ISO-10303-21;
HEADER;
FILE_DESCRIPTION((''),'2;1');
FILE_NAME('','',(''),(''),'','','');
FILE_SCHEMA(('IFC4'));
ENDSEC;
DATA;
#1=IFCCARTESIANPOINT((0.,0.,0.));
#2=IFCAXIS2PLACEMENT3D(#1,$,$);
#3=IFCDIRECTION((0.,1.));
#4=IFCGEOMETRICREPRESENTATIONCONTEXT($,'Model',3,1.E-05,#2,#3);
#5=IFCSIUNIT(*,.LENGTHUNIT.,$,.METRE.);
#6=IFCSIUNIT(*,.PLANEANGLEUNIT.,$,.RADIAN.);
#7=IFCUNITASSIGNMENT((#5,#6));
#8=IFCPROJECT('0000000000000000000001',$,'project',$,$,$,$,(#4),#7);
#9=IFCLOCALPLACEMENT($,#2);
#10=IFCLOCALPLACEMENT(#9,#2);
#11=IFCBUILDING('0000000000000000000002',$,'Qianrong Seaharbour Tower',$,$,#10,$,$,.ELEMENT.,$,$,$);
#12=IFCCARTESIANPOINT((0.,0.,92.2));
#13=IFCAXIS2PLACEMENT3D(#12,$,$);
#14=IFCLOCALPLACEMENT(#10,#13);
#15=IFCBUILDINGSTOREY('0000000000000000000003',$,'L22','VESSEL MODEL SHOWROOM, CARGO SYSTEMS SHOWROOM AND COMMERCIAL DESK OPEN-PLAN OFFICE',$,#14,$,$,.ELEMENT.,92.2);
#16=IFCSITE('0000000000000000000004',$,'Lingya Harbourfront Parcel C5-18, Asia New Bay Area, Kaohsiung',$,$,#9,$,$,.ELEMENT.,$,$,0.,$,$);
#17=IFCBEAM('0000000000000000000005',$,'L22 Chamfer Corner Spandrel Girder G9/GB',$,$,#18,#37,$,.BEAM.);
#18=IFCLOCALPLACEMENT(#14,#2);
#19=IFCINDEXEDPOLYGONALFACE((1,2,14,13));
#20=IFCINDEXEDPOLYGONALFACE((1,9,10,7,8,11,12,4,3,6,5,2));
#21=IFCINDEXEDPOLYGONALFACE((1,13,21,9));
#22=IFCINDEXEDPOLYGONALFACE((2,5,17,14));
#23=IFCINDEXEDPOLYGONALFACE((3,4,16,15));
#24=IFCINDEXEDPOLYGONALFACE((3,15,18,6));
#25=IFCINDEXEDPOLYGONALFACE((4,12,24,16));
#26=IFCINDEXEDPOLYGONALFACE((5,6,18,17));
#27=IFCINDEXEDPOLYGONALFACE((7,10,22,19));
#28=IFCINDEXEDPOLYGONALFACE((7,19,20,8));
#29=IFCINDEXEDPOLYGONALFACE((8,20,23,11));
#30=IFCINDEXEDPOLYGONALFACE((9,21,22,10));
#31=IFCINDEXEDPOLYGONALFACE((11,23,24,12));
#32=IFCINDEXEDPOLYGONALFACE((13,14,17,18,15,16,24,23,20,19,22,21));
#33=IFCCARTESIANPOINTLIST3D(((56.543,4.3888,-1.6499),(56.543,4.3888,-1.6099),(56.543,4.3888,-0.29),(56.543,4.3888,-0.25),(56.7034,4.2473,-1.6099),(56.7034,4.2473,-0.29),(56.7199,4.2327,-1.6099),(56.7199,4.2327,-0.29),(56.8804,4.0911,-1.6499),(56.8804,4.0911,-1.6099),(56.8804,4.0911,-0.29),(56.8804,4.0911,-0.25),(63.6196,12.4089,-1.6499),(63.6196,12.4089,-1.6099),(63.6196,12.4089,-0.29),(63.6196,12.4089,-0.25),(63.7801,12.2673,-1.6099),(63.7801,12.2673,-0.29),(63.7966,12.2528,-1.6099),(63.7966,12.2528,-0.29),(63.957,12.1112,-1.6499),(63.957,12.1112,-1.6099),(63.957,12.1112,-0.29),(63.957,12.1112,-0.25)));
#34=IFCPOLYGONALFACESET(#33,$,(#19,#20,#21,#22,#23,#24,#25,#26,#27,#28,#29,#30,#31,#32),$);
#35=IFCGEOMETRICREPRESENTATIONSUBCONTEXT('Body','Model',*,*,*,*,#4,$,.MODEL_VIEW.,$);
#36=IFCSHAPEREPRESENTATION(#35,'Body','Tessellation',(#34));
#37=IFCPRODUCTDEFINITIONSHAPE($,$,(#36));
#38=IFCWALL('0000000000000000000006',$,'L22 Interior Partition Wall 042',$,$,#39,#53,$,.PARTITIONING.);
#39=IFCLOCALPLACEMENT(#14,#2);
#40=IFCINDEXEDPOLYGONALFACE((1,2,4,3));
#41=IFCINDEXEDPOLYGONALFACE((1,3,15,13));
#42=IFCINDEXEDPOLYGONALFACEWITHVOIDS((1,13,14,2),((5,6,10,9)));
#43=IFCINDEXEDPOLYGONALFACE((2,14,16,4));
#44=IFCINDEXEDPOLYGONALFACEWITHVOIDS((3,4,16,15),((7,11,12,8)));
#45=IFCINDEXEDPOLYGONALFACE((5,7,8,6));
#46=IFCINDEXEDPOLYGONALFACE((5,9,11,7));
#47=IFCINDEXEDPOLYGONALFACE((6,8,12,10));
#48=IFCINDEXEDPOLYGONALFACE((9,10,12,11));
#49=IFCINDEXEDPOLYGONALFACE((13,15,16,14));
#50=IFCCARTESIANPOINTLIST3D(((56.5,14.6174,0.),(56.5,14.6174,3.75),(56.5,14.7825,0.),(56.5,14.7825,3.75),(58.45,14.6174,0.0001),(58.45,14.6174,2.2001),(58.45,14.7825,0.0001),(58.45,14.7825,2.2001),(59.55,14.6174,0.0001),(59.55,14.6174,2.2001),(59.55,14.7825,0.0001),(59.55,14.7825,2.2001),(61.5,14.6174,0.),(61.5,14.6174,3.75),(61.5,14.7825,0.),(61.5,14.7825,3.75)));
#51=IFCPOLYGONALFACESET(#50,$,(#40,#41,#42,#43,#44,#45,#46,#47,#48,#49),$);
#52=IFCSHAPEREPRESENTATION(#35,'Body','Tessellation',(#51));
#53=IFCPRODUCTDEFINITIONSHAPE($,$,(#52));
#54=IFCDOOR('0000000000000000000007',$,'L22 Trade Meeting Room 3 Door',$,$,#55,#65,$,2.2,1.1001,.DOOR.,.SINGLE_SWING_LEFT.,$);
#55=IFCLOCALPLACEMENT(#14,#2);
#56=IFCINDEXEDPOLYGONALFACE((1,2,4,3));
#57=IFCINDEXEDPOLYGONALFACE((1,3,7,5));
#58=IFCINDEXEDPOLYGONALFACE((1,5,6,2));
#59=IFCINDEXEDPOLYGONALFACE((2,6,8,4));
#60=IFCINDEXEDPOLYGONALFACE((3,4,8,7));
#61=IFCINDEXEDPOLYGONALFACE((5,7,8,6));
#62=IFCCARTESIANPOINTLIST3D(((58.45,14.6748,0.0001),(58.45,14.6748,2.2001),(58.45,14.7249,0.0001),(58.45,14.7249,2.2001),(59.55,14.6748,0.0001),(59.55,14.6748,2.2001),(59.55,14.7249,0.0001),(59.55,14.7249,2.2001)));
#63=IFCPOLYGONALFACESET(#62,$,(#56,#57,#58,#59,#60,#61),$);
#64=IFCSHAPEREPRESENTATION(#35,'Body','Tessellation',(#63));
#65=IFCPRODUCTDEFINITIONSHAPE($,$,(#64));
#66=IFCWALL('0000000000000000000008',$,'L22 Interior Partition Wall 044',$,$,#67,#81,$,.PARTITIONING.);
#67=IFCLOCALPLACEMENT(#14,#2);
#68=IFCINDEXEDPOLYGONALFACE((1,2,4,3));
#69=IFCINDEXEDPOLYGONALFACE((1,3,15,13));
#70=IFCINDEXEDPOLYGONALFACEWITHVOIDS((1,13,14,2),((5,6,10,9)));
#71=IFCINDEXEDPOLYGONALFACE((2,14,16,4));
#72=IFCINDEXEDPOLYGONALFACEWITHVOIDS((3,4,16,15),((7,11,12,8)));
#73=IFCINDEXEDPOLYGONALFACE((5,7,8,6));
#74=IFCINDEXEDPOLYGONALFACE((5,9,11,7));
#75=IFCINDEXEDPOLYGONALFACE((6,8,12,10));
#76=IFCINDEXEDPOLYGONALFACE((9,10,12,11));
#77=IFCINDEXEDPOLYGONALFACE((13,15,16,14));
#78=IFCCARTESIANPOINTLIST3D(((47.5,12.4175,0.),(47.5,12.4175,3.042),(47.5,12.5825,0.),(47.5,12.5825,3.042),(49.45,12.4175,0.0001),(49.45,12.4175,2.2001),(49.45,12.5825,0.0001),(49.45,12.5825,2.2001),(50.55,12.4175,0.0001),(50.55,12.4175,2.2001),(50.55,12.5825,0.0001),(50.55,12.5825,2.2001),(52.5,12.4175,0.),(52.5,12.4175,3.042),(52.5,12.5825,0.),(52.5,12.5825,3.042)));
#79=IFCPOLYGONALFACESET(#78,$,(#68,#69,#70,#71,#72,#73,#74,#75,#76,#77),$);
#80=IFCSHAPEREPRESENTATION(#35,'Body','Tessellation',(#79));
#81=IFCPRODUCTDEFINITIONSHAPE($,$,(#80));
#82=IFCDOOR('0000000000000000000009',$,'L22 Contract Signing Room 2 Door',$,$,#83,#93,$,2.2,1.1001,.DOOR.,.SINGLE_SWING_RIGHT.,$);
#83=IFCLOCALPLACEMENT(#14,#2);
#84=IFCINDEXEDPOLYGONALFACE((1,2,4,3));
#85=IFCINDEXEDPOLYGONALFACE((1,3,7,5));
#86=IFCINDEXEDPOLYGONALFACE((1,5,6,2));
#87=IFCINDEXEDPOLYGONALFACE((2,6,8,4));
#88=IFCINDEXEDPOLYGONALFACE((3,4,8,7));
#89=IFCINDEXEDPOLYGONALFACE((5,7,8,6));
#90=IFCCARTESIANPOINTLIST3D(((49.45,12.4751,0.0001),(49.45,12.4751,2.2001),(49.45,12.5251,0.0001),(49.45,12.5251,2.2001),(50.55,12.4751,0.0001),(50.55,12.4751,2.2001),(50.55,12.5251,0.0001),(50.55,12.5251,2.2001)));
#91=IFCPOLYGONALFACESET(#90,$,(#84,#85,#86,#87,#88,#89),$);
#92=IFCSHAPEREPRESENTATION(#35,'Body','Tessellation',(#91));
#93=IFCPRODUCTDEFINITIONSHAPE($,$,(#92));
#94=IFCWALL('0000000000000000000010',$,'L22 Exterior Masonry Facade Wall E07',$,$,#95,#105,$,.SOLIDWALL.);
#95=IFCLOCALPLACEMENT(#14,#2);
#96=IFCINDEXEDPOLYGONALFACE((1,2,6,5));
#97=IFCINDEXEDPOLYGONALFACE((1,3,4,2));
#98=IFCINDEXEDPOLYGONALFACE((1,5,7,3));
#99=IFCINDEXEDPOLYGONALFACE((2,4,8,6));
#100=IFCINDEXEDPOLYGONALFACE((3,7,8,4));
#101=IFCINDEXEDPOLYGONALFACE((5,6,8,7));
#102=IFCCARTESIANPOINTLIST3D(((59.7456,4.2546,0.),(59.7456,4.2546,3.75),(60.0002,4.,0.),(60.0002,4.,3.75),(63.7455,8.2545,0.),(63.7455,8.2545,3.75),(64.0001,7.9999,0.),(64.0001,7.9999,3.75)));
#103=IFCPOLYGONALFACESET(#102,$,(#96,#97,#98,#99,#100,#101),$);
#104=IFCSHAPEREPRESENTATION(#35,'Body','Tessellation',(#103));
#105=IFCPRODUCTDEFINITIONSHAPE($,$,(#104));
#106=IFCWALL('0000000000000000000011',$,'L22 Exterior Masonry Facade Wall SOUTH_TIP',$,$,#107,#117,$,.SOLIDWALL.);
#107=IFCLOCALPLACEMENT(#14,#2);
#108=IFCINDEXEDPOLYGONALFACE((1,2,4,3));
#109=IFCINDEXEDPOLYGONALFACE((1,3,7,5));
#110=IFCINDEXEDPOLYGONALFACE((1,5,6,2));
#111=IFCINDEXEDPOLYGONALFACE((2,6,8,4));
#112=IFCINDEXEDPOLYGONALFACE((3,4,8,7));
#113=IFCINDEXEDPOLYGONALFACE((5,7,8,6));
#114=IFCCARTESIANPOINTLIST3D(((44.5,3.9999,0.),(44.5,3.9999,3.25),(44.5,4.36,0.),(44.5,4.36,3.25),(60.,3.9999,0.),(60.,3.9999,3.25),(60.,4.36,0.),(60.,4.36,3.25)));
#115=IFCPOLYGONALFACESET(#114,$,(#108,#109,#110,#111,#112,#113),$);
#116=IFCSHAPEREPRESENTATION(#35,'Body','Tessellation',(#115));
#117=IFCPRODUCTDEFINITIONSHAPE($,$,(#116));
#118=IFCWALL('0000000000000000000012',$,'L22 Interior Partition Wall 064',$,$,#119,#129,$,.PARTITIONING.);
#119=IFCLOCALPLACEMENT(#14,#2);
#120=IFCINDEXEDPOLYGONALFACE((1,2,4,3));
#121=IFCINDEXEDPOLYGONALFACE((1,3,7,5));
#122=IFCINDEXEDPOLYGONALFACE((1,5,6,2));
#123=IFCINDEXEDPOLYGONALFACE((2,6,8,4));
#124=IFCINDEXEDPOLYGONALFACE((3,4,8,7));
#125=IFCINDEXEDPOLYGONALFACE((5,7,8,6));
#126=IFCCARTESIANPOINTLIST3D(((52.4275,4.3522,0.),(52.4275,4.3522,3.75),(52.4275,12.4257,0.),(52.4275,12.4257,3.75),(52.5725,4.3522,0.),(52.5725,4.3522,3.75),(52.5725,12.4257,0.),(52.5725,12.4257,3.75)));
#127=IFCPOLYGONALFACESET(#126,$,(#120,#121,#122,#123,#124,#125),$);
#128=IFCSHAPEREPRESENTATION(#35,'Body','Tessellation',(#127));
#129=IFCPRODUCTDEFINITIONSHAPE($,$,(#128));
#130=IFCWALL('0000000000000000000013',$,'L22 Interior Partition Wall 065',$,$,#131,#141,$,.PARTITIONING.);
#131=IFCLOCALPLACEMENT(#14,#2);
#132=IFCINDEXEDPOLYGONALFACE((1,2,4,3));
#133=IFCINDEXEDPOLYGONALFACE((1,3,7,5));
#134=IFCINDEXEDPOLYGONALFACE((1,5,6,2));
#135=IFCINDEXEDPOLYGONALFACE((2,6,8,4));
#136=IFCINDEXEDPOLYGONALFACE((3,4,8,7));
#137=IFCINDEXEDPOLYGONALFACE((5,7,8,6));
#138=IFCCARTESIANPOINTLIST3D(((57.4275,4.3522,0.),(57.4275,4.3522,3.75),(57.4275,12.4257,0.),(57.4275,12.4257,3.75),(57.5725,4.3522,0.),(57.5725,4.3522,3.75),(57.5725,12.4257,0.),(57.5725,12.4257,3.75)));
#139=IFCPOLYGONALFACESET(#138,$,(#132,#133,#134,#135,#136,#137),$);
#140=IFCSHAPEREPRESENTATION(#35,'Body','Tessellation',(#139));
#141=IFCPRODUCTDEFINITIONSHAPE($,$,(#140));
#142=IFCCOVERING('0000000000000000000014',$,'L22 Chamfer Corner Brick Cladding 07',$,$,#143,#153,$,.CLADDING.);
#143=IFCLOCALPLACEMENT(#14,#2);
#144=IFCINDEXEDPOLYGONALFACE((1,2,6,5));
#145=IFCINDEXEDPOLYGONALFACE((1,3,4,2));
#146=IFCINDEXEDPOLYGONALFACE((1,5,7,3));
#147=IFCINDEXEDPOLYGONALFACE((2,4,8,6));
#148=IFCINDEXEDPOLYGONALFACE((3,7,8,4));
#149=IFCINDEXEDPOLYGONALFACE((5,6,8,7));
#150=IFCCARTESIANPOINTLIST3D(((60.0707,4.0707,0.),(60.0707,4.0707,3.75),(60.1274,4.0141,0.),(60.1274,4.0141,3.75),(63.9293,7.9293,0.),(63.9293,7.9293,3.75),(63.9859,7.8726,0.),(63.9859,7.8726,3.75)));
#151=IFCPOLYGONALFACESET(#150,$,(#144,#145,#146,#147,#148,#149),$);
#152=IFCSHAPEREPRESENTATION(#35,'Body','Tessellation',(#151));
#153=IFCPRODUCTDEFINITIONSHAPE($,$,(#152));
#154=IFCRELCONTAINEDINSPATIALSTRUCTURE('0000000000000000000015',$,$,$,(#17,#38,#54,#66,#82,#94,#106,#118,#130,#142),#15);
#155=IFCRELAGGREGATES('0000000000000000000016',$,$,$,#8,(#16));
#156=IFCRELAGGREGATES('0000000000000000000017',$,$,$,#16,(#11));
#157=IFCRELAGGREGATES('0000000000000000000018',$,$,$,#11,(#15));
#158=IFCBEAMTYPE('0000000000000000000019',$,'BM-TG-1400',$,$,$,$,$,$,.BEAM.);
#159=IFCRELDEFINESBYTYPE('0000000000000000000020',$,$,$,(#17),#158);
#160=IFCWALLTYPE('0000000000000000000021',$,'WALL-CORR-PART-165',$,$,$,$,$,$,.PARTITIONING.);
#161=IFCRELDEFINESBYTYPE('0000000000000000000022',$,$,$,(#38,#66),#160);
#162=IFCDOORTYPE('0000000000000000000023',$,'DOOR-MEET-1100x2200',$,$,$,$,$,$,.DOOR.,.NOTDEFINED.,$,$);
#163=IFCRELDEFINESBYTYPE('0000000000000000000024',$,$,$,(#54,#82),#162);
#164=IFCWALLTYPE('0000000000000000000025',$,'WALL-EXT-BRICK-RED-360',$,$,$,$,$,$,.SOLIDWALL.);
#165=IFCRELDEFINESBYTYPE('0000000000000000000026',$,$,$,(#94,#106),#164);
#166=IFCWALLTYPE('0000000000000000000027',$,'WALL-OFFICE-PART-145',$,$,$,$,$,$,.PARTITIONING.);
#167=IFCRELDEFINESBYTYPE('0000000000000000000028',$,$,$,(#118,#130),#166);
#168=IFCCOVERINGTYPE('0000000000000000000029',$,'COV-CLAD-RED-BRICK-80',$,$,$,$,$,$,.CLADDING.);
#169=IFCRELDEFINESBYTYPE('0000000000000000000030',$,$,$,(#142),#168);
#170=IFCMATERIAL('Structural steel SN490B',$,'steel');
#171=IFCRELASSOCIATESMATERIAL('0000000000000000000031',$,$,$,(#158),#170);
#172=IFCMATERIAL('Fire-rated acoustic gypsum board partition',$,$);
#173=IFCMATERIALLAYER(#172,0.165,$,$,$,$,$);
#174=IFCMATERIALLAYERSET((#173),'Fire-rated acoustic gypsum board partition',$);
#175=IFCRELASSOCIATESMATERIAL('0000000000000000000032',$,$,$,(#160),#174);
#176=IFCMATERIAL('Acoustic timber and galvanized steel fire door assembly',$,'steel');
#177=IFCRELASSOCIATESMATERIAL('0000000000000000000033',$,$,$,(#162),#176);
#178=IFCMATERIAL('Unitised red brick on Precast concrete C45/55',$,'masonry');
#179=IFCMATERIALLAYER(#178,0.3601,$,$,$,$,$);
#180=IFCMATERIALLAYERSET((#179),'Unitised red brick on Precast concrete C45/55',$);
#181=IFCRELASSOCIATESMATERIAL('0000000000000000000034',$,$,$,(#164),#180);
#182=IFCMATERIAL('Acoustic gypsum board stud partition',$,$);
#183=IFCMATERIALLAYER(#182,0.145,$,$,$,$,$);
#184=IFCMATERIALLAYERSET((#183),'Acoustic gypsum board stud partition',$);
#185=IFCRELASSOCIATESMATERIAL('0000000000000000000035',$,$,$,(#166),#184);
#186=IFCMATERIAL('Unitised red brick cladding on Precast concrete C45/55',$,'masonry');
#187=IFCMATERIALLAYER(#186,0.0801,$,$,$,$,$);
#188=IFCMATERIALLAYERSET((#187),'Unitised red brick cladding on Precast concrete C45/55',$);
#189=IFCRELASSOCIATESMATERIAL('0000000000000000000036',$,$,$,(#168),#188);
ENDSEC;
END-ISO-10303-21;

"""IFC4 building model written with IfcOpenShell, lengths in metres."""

from ifc_helpers import new_model, si_unit, direction, frame, frame_2d, origin, origin_2d, place, context, subcontext, project, spatial, rectangle, i_section, extrude, material, layer, layer_set, material_profile, profile_set, type_object, element, fill, save


model = new_model("IFC4")

# Units and contexts
model_context = context("Model", 3, precision=1e-05, world=origin(), true_north=direction((0.0, 1.0)))
body_context = subcontext(model_context, "Body", "Model", "MODEL_VIEW")
ifc_project = project(units=[si_unit("LENGTHUNIT", "METRE"), si_unit("PLANEANGLEUNIT", "RADIAN")], contexts=[model_context])

# Site, building, storey
site_placement = place(None, origin())
site = spatial("IfcSite", under=ifc_project, at=site_placement, Name="Lingya Harbourfront Parcel C5-18, Asia New Bay Area, Kaohsiung", CompositionType="ELEMENT", RefElevation=0.0)
building_placement = place(site_placement, origin())
building = spatial("IfcBuilding", under=site, at=building_placement, Name="Qianrong Seaharbour Tower", CompositionType="ELEMENT")
storey_placement = place(building_placement, frame((0.0, 0.0, 92.2)))
storey = spatial("IfcBuildingStorey", under=building, at=storey_placement, Name="L22", Description="VESSEL MODEL SHOWROOM, CARGO SYSTEMS SHOWROOM AND COMMERCIAL DESK OPEN-PLAN OFFICE", CompositionType="ELEMENT", Elevation=92.2)

# Shared definitions
ifc_material_1 = material(Name="Structural steel SN490B", Category="steel")

# Beam
ifc_material_profile_1 = material_profile(ifc_material_1, i_section(OverallWidth=0.45, OverallDepth=1.3999, WebThickness=0.022, FlangeThickness=0.04, at=origin_2d()), Name="BH1400x450x22x40")
ifc_profile_set_1 = profile_set([ifc_material_profile_1], Name="Structural steel SN490B")
beam_type_1 = type_object("IfcBeamType", Name="BM-TG-1400", PredefinedType="BEAM", material=ifc_profile_set_1)
beam_1_placement = place(storey_placement, frame((56.7117, 4.24, -0.95), z_axis=(0.661631, 0.74983, 0.0), x_axis=(-0.74983, 0.661631, 0.0)))
element("IfcBeam", 1, at=beam_1_placement, inside=storey, type_object=beam_type_1, Name="L22 Chamfer Corner Spandrel Girder G9/GB", PredefinedType="BEAM", context=body_context, shape_type="SweptSolid", body=[
    extrude(i_section(OverallWidth=0.45, OverallDepth=1.3999, WebThickness=0.022, FlangeThickness=0.04, at=origin_2d()), origin(), (0.0, 0.0, 1.0), 10.6958),
])

# Walls, openings, doors
ifc_material_2 = material(Name="Fire-rated acoustic gypsum board partition")
ifc_layer_1 = layer(ifc_material_2, 0.165)
ifc_layer_set_1 = layer_set([ifc_layer_1], Name="Fire-rated acoustic gypsum board partition")
wall_type_1 = type_object("IfcWallType", Name="WALL-CORR-PART-165", PredefinedType="PARTITIONING", material=ifc_layer_set_1)
wall_1_placement = place(storey_placement, frame((56.5, 14.7, 0.0), z_axis=(0.0, 0.0, 1.0), x_axis=(1.0, 0.0, 0.0)))
wall_1 = element("IfcWall", 2, at=wall_1_placement, inside=storey, type_object=wall_type_1, Name="L22 Interior Partition Wall 042", PredefinedType="PARTITIONING", context=body_context, shape_type="SweptSolid", body=[
    extrude(rectangle(XDim=5.0, YDim=0.165, at=frame_2d((2.5, 0.0))), origin(), (0.0, 0.0, 1.0), 3.75),
])
opening_1_placement = place(wall_1_placement, frame((1.95, 0.0, 0.0)))
opening_1 = element("IfcOpeningElement", 3, at=opening_1_placement, cuts=wall_1, PredefinedType="OPENING", context=body_context, shape_type="SweptSolid", body=[
    extrude(rectangle(XDim=1.1001, YDim=2.2, at=frame_2d((0.55, 1.1001))), frame((0.0, 0.0925, 0.0), z_axis=(0.0, -1.0, 0.0), x_axis=(1.0, 0.0, 0.0)), (0.0, 0.0, 1.0), 0.1851),
])
ifc_material_3 = material(Name="Acoustic timber and galvanized steel fire door assembly", Category="steel")
door_type_1 = type_object("IfcDoorType", Name="DOOR-MEET-1100x2200", OperationType="NOTDEFINED", PredefinedType="DOOR", material=ifc_material_3)
door_1_placement = place(opening_1_placement, origin())
door_1 = element("IfcDoor", 4, at=door_1_placement, inside=storey, type_object=door_type_1, Name="L22 Trade Meeting Room 3 Door", OperationType="SINGLE_SWING_LEFT", OverallHeight=2.2, OverallWidth=1.1001, PredefinedType="DOOR", context=body_context, shape_type="SweptSolid", body=[
    extrude(rectangle(XDim=1.1001, YDim=2.2, at=frame_2d((0.55, 1.1001))), frame((0.0, 0.0249, 0.0), z_axis=(0.0, -1.0, 0.0), x_axis=(1.0, 0.0, 0.0)), (0.0, 0.0, 1.0), 0.05),
])
fill(opening_1, door_1)
wall_2_placement = place(storey_placement, frame((52.5, 12.5, 0.0), z_axis=(0.0, 0.0, 1.0), x_axis=(-1.0, 0.0, 0.0)))
wall_2 = element("IfcWall", 5, at=wall_2_placement, inside=storey, type_object=wall_type_1, Name="L22 Interior Partition Wall 044", PredefinedType="PARTITIONING", context=body_context, shape_type="SweptSolid", body=[
    extrude(rectangle(XDim=5.0, YDim=0.165, at=frame_2d((2.5, 0.0))), origin(), (0.0, 0.0, 1.0), 3.042),
])
opening_2_placement = place(wall_2_placement, frame((1.95, 0.0, 0.0)))
opening_2 = element("IfcOpeningElement", 6, at=opening_2_placement, cuts=wall_2, PredefinedType="OPENING", context=body_context, shape_type="SweptSolid", body=[
    extrude(rectangle(XDim=1.1001, YDim=2.2, at=frame_2d((0.55, 1.1001))), frame((0.0, 0.0925, 0.0), z_axis=(0.0, -1.0, 0.0), x_axis=(1.0, 0.0, 0.0)), (0.0, 0.0, 1.0), 0.1851),
])
door_2_placement = place(opening_2_placement, origin())
door_2 = element("IfcDoor", 7, at=door_2_placement, inside=storey, type_object=door_type_1, Name="L22 Contract Signing Room 2 Door", OperationType="SINGLE_SWING_RIGHT", OverallHeight=2.2, OverallWidth=1.1001, PredefinedType="DOOR", context=body_context, shape_type="SweptSolid", body=[
    extrude(rectangle(XDim=1.1001, YDim=2.2, at=frame_2d((0.55, 1.1001))), frame((0.0, 0.0249, 0.0), z_axis=(0.0, -1.0, 0.0), x_axis=(1.0, 0.0, 0.0)), (0.0, 0.0, 1.0), 0.05),
])
fill(opening_2, door_2)

# Walls
ifc_material_4 = material(Name="Unitised red brick on Precast concrete C45/55", Category="masonry")
ifc_layer_2 = layer(ifc_material_4, 0.3601)
ifc_layer_set_2 = layer_set([ifc_layer_2], Name="Unitised red brick on Precast concrete C45/55")
wall_type_2 = type_object("IfcWallType", Name="WALL-EXT-BRICK-RED-360", PredefinedType="SOLIDWALL", material=ifc_layer_set_2)
wall_3_placement = place(storey_placement, frame((63.8728, 8.1272, 0.0), z_axis=(0.0, 0.0, 1.0), x_axis=(-0.707107, -0.707107, 0.0)))
element("IfcWall", 8, at=wall_3_placement, inside=storey, type_object=wall_type_2, Name="L22 Exterior Masonry Facade Wall E07", PredefinedType="SOLIDWALL", context=body_context, shape_type="SweptSolid", body=[
    extrude(rectangle(XDim=5.6567, YDim=0.3601, at=frame_2d((2.8284, 0.0))), origin(), (0.0, 0.0, 1.0), 3.75),
])
wall_4_placement = place(storey_placement, frame((60.0, 4.1799, 0.0), z_axis=(0.0, 0.0, 1.0), x_axis=(-1.0, 0.0, 0.0)))
element("IfcWall", 9, at=wall_4_placement, inside=storey, type_object=wall_type_2, Name="L22 Exterior Masonry Facade Wall SOUTH_TIP", PredefinedType="SOLIDWALL", context=body_context, shape_type="SweptSolid", body=[
    extrude(rectangle(XDim=15.5, YDim=0.3601, at=frame_2d((7.75, 0.0))), origin(), (0.0, 0.0, 1.0), 3.25),
])
ifc_material_5 = material(Name="Acoustic gypsum board stud partition")
ifc_layer_3 = layer(ifc_material_5, 0.145)
ifc_layer_set_3 = layer_set([ifc_layer_3], Name="Acoustic gypsum board stud partition")
wall_type_3 = type_object("IfcWallType", Name="WALL-OFFICE-PART-145", PredefinedType="PARTITIONING", material=ifc_layer_set_3)
for number, where, z_axis, x_axis, name in (
    (10, (52.5, 12.4255, 0.0), (0.0, 0.0, 1.0), (0.0, -1.0, 0.0), "L22 Interior Partition Wall 064"),
    (11, (57.5, 12.4255, 0.0), (0.0, 0.0, 1.0), (0.0, -1.0, 0.0), "L22 Interior Partition Wall 065"),
):
    element("IfcWall", number, at=place(storey_placement, frame(where, z_axis=z_axis, x_axis=x_axis)), inside=storey, type_object=wall_type_3, Name=name, PredefinedType="PARTITIONING", context=body_context, shape_type="SweptSolid", body=[
        extrude(rectangle(XDim=8.0735, YDim=0.145, at=frame_2d((4.0366, 0.0))), origin(), (0.0, 0.0, 1.0), 3.75),
    ])

# Covering
ifc_material_6 = material(Name="Unitised red brick cladding on Precast concrete C45/55", Category="masonry")
ifc_layer_4 = layer(ifc_material_6, 0.0801)
ifc_layer_set_4 = layer_set([ifc_layer_4], Name="Unitised red brick cladding on Precast concrete C45/55")
covering_type = type_object("IfcCoveringType", Name="COV-CLAD-RED-BRICK-80", PredefinedType="CLADDING", material=ifc_layer_set_4)
covering_placement = place(storey_placement, frame((62.0283, 5.9717, 0.0), z_axis=(0.0, 0.0, 1.0), x_axis=(-0.707107, -0.707107, 0.0)))
element("IfcCovering", 12, at=covering_placement, inside=storey, type_object=covering_type, Name="L22 Chamfer Corner Brick Cladding 07", PredefinedType="CLADDING", context=body_context, shape_type="SweptSolid", body=[
    extrude(rectangle(XDim=5.4568, YDim=0.0801, at=origin_2d()), origin(), (0.0, 0.0, 1.0), 3.75),
])

save(model, "model.ifc")
